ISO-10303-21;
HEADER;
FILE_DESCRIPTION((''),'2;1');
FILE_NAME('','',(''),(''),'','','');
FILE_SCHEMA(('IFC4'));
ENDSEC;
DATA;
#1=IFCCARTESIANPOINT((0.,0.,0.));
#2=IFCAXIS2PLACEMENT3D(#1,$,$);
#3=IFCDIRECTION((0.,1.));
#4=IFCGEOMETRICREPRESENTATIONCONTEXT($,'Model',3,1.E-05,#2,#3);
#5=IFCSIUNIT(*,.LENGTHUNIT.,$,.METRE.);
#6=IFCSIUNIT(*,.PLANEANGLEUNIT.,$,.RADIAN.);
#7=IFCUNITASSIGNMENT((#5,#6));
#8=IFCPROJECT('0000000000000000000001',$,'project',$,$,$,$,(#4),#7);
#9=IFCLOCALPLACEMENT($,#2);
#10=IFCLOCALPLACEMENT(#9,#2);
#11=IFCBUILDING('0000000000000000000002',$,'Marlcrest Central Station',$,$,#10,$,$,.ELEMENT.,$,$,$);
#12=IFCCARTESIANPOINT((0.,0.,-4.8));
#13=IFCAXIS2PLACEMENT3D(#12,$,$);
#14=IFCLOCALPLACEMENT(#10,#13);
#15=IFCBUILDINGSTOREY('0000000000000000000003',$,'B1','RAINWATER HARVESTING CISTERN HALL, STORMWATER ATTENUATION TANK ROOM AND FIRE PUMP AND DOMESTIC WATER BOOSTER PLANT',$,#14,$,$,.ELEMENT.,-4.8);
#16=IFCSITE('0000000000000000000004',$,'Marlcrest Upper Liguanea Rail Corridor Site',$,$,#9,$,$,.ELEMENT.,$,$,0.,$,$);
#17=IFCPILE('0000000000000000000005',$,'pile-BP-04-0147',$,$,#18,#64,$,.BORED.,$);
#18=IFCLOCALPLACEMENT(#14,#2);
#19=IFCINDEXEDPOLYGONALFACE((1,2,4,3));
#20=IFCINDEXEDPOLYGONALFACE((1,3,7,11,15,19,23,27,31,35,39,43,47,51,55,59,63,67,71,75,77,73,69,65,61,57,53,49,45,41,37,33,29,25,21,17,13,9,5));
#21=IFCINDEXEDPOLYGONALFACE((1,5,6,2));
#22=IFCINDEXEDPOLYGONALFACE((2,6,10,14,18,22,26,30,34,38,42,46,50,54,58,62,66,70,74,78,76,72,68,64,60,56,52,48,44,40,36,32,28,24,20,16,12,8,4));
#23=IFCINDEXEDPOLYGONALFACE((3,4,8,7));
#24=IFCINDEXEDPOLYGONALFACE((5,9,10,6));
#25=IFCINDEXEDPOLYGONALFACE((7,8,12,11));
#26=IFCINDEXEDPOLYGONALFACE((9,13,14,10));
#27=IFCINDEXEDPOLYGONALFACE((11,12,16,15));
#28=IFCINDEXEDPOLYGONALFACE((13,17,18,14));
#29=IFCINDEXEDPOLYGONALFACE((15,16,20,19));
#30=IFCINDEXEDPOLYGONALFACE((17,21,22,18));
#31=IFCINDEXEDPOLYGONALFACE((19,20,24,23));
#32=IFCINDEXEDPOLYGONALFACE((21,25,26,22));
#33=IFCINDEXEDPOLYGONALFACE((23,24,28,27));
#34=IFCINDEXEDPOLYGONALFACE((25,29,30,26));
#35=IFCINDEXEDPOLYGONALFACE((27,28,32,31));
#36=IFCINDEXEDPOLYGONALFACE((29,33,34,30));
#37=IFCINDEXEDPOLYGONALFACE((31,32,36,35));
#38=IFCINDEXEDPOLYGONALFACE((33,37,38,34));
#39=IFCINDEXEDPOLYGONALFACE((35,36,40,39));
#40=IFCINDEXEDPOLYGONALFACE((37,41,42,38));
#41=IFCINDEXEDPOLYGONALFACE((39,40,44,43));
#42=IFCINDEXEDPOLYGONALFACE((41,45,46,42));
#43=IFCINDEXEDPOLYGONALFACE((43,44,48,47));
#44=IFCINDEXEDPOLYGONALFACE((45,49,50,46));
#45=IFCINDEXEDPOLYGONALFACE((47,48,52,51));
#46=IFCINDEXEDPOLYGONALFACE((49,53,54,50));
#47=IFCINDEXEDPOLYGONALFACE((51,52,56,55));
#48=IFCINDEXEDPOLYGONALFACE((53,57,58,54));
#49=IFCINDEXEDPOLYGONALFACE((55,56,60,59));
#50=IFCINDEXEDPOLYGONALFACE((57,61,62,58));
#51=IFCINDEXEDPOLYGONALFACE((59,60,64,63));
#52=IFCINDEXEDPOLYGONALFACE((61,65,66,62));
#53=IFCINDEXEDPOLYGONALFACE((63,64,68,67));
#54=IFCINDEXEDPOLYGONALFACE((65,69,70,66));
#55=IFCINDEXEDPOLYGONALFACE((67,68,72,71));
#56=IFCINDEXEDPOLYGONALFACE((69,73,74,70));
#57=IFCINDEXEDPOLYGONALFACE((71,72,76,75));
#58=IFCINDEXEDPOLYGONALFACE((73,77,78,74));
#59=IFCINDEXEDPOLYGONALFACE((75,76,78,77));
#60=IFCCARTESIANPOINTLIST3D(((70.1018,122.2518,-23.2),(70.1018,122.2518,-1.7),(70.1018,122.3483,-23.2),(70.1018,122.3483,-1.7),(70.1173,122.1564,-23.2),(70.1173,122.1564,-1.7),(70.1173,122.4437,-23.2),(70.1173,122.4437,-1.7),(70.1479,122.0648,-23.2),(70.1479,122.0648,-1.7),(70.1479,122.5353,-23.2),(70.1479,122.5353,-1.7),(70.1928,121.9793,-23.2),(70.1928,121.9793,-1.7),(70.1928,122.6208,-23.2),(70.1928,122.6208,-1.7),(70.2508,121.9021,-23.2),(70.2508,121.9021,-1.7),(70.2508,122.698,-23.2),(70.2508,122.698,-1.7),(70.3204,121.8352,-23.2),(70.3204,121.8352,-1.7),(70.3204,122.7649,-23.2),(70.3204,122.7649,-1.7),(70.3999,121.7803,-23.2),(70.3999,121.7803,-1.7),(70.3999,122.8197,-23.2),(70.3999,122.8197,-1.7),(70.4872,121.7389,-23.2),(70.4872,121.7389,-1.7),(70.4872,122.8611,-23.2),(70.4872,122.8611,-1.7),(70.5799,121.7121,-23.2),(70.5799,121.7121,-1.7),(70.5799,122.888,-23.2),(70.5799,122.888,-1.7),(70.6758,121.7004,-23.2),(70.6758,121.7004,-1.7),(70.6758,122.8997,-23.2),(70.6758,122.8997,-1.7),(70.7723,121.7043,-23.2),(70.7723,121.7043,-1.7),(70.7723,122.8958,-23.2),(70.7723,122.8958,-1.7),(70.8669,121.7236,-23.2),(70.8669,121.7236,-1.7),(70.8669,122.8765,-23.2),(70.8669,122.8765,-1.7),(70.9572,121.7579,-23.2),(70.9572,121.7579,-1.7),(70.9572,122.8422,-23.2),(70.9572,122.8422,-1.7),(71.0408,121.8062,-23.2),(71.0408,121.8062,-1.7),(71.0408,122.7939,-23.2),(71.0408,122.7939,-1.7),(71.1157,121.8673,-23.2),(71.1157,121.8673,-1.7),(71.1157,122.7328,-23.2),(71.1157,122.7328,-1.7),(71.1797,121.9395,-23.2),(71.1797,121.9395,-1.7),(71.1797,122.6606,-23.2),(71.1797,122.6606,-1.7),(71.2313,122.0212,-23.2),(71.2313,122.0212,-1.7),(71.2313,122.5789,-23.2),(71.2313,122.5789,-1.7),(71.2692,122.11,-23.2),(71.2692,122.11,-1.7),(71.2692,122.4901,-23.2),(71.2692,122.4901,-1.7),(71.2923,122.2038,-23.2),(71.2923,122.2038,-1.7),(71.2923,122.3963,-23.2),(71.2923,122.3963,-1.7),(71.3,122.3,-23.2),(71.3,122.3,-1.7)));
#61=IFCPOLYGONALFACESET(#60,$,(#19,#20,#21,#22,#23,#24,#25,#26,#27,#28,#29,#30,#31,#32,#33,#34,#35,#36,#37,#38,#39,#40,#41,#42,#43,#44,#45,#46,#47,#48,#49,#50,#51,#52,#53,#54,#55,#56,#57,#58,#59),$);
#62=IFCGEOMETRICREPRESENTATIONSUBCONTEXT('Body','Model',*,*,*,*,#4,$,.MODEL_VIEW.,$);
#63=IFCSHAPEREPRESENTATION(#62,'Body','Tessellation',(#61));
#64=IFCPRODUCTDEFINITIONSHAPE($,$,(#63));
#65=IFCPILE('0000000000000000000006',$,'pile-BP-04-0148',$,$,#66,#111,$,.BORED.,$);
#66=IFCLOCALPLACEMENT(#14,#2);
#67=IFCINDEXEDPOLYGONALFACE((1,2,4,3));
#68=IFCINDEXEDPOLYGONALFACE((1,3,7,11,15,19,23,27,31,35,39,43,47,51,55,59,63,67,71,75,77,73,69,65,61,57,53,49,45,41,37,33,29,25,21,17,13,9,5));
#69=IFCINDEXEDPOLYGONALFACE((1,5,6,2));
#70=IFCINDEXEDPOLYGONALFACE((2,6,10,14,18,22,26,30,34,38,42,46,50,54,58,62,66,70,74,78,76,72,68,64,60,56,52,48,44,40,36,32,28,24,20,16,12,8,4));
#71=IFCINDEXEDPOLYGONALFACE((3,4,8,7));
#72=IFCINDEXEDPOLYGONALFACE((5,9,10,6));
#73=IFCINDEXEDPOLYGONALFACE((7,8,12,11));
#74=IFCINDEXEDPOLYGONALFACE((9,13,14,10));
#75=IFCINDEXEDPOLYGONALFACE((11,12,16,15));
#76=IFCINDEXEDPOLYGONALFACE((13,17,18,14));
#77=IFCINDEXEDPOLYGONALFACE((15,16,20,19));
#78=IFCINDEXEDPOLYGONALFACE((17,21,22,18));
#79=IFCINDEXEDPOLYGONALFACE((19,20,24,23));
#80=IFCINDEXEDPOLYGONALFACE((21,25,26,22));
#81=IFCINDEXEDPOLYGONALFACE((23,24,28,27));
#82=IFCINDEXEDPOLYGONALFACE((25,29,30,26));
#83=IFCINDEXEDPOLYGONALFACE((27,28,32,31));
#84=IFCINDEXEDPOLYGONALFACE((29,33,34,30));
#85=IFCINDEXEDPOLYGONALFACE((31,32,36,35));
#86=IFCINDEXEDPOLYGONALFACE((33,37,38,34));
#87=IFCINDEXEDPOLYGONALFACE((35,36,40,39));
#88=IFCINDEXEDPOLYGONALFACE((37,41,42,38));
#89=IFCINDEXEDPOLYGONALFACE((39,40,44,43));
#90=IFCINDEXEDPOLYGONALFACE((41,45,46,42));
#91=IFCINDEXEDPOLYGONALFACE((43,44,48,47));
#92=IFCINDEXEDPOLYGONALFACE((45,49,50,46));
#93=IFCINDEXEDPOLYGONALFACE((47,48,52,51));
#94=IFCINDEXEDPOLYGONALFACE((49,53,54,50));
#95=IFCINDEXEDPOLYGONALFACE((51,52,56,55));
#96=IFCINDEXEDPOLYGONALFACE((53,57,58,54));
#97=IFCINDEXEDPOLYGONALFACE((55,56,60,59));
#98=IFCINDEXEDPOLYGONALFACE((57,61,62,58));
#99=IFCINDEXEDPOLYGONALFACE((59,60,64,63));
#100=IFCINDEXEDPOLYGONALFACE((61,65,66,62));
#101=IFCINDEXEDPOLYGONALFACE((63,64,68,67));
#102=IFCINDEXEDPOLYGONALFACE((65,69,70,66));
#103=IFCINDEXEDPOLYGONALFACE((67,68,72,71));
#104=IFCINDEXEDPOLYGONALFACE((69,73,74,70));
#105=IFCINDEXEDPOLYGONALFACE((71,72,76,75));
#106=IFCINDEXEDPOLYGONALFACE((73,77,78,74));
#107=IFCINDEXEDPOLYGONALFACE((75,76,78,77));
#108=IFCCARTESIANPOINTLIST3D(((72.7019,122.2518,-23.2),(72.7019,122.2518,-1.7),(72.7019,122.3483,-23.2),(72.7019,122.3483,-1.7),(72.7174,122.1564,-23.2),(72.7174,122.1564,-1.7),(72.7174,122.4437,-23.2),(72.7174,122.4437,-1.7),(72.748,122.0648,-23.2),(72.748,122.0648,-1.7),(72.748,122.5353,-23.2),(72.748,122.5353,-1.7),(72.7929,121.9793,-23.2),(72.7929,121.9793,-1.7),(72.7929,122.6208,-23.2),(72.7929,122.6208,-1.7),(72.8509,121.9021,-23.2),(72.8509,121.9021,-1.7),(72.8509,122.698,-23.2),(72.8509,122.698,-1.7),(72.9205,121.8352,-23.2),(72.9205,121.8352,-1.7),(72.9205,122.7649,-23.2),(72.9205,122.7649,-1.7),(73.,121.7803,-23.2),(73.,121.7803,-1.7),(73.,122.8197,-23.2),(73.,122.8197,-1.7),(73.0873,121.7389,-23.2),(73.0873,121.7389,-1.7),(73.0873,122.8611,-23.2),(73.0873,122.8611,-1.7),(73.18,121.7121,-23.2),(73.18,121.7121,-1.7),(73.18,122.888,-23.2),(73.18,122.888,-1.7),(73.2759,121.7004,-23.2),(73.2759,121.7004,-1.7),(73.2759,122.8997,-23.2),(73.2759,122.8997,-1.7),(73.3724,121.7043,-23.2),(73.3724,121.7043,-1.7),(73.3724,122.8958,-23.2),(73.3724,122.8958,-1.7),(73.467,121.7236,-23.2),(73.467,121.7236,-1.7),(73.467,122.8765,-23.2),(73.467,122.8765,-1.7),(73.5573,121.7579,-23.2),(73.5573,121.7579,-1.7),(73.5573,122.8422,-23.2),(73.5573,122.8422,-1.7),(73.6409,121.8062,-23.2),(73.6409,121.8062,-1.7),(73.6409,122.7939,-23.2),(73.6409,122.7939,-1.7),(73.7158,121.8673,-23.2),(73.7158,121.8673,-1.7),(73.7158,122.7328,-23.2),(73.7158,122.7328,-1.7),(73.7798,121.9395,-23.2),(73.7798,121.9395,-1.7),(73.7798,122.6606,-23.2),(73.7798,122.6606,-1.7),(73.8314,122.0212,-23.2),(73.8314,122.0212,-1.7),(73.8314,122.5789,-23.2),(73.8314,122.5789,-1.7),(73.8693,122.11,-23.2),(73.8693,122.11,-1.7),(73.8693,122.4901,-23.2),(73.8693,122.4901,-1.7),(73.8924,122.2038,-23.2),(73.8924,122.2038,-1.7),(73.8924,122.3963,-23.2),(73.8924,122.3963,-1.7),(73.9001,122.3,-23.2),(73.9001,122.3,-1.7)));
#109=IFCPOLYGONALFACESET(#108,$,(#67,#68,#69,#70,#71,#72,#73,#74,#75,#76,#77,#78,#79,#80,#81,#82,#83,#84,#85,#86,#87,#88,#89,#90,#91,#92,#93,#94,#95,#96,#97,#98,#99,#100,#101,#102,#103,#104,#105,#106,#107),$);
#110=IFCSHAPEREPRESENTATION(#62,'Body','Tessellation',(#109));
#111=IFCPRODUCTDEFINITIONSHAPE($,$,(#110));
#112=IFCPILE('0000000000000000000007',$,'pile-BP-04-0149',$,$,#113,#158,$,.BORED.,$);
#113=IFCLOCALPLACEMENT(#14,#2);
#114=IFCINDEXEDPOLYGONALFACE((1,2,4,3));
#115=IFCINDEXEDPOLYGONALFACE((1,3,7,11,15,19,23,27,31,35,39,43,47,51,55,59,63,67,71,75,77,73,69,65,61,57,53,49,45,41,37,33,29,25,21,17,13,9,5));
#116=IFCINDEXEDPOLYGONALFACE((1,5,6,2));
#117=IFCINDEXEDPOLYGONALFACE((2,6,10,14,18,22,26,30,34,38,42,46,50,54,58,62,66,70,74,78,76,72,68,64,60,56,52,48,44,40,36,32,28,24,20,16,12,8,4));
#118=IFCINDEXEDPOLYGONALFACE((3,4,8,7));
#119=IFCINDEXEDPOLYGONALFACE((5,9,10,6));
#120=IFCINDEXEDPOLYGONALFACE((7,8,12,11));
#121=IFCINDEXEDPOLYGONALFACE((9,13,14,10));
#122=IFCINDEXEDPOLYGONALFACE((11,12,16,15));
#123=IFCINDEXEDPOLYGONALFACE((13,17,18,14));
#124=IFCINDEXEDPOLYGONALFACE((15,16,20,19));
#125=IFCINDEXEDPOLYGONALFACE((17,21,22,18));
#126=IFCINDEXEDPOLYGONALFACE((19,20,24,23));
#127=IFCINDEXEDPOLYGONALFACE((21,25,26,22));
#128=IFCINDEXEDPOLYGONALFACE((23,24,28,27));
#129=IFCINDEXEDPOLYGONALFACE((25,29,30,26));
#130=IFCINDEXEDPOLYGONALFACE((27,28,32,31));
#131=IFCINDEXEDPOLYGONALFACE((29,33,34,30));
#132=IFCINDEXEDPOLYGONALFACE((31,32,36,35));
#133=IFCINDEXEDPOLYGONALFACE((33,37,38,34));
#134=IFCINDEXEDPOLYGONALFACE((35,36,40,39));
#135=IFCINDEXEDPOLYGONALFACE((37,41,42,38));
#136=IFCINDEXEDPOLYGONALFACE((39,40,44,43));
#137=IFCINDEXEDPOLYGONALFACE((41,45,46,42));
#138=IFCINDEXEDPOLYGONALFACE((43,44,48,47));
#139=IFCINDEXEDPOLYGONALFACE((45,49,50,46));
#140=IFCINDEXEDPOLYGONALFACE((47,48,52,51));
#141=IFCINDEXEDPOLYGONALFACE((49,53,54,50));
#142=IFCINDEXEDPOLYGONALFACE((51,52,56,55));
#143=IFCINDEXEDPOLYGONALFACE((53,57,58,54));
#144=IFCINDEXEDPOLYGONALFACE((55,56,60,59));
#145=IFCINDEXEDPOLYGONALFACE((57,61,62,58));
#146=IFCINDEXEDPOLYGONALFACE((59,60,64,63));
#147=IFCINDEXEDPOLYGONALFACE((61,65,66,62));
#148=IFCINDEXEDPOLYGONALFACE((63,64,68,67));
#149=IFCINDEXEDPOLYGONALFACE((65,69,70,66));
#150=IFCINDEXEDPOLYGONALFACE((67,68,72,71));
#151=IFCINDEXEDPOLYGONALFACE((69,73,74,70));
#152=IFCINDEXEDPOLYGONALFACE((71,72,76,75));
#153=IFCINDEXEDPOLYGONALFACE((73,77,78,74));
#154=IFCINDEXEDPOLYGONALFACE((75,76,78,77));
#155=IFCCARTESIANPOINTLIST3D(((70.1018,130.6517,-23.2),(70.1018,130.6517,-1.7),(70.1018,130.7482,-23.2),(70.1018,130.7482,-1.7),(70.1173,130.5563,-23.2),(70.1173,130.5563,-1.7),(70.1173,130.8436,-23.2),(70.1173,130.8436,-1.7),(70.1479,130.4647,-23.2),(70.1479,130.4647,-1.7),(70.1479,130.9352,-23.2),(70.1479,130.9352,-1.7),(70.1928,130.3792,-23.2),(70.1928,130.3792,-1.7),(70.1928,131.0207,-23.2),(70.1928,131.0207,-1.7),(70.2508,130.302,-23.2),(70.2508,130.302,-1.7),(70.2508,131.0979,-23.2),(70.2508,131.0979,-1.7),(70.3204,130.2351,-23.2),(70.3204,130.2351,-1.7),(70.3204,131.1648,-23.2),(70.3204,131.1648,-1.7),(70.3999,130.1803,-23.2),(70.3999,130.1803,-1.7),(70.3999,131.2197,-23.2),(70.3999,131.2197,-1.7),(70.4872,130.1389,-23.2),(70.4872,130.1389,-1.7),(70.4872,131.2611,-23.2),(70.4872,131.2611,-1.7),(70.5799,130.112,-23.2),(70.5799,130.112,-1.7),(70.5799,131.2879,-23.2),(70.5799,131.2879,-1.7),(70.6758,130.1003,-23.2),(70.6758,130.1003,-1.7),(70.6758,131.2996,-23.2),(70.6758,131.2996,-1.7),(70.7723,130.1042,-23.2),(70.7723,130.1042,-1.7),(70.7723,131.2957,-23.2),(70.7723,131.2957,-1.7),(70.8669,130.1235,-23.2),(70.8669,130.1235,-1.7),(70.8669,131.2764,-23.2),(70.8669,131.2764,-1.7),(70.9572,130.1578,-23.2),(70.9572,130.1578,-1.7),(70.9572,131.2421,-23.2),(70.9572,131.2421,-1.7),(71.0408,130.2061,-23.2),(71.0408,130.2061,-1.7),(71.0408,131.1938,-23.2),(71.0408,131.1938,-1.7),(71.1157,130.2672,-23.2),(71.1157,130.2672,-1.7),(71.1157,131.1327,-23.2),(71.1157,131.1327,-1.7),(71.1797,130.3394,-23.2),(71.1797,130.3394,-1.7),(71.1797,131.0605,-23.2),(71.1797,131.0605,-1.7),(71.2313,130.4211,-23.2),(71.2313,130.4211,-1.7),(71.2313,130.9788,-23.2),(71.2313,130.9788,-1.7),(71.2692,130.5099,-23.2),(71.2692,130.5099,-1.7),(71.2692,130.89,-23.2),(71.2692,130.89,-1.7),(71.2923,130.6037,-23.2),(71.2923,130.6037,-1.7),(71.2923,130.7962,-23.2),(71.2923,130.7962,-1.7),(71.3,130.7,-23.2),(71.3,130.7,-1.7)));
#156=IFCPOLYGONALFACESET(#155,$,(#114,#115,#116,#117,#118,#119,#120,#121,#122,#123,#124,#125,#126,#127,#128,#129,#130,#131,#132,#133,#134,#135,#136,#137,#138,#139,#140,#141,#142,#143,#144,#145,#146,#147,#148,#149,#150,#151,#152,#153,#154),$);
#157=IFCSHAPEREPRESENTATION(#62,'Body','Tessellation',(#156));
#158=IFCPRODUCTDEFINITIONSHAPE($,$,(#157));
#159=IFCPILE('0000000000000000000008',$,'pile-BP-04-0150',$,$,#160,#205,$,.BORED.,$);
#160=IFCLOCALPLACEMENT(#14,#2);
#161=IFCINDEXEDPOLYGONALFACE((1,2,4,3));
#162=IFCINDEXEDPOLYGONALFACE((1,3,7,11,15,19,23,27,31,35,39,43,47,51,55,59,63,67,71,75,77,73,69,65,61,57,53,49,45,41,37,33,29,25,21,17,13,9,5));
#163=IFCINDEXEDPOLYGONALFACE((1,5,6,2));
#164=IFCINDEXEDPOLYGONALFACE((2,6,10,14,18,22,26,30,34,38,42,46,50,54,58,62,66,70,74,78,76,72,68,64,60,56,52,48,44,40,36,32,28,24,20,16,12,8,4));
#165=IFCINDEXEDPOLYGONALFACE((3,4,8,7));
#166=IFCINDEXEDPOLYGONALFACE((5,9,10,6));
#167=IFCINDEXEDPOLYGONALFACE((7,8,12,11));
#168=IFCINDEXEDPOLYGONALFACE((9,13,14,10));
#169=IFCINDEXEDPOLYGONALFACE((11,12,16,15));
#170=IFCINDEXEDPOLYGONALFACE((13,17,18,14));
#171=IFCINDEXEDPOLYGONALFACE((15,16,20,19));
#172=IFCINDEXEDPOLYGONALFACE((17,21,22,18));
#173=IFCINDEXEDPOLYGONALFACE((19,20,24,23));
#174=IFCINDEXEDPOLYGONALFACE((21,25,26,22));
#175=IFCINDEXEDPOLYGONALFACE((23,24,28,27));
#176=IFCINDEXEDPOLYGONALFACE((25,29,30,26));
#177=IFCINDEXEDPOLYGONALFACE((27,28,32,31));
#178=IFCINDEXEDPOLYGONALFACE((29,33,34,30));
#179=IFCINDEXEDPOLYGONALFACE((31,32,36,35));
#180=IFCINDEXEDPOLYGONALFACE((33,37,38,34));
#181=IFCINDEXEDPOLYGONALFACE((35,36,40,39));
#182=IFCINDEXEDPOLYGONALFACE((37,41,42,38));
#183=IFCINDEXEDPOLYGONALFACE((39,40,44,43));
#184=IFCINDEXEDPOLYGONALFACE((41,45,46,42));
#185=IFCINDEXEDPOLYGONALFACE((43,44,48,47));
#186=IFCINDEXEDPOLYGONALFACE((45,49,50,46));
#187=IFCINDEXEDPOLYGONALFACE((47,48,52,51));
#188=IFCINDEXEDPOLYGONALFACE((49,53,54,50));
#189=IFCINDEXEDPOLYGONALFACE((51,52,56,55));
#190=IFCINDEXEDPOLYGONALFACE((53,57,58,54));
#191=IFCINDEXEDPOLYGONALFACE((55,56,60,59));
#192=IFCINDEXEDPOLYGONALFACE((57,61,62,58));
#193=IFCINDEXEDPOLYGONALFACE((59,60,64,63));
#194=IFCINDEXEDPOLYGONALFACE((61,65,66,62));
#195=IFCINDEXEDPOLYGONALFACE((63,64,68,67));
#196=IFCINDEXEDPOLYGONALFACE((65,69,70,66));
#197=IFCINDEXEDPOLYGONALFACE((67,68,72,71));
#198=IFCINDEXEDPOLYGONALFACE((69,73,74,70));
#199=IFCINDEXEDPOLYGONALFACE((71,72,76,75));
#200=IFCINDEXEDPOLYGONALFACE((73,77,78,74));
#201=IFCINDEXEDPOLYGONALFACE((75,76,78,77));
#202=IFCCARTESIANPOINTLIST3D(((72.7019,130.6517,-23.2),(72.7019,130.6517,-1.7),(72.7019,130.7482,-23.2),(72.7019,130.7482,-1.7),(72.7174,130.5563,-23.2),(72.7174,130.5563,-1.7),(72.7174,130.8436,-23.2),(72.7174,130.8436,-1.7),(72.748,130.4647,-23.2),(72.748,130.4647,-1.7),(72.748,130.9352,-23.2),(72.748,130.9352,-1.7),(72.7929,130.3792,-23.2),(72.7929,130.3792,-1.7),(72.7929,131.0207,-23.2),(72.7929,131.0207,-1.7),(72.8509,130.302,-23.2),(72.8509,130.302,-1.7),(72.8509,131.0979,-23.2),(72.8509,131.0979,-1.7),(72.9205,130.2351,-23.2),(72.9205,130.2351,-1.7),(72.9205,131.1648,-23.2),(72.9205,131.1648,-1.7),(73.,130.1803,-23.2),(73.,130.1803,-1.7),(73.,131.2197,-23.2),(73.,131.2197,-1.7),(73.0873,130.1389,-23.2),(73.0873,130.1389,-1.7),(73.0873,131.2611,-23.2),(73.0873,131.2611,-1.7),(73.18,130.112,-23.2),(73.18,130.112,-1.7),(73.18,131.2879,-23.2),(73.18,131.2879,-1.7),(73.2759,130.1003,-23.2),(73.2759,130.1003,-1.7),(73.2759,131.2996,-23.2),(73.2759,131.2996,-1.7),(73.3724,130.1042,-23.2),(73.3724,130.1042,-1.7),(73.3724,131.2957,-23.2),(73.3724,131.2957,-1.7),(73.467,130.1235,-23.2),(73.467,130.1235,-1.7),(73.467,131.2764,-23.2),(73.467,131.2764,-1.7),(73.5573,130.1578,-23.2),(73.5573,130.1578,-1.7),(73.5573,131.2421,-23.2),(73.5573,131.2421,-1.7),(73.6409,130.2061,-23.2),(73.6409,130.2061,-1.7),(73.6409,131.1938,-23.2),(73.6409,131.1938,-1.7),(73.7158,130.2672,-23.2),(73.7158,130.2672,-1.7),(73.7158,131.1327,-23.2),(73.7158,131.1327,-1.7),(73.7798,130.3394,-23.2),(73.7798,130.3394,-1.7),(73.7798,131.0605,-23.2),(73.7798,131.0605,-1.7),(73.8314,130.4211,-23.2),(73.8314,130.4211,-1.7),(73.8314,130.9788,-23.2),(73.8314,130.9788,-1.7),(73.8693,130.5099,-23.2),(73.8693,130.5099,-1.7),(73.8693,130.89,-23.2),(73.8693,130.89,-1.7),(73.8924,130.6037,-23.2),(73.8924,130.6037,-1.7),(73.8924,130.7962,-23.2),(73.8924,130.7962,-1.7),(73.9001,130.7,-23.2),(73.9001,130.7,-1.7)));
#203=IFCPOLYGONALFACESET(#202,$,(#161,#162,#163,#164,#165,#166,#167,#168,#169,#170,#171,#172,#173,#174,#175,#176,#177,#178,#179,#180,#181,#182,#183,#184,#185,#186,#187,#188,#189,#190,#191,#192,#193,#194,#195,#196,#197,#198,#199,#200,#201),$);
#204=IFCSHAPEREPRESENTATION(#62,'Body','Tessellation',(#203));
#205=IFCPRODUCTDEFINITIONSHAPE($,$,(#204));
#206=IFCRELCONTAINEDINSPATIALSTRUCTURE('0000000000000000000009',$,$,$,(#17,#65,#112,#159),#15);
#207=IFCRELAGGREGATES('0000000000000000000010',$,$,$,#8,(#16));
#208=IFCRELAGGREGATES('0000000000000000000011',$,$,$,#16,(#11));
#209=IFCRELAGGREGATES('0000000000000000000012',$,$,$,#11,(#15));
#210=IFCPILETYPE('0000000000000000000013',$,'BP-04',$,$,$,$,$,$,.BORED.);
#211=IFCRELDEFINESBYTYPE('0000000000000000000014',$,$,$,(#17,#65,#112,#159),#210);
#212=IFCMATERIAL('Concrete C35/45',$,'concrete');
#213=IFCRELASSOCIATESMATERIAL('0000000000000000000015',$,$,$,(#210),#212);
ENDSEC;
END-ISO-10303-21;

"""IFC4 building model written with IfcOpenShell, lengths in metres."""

from ifc_helpers import new_model, si_unit, direction, frame, origin, origin_2d, place, context, subcontext, project, spatial, circle, extrude, material, material_profile, profile_set, type_object, element, save


model = new_model("IFC4")

# Units and contexts
model_context = context("Model", 3, precision=1e-05, world=origin(), true_north=direction((0.0, 1.0)))
body_context = subcontext(model_context, "Body", "Model", "MODEL_VIEW")
ifc_project = project(units=[si_unit("LENGTHUNIT", "METRE"), si_unit("PLANEANGLEUNIT", "RADIAN")], contexts=[model_context])

# Site, building, storey
site_placement = place(None, origin())
site = spatial("IfcSite", under=ifc_project, at=site_placement, Name="Marlcrest Upper Liguanea Rail Corridor Site", CompositionType="ELEMENT", RefElevation=0.0)
building_placement = place(site_placement, origin())
building = spatial("IfcBuilding", under=site, at=building_placement, Name="Marlcrest Central Station", CompositionType="ELEMENT")
storey_placement = place(building_placement, frame((0.0, 0.0, -4.8)))
storey = spatial("IfcBuildingStorey", under=building, at=storey_placement, Name="B1", Description="RAINWATER HARVESTING CISTERN HALL, STORMWATER ATTENUATION TANK ROOM AND FIRE PUMP AND DOMESTIC WATER BOOSTER PLANT", CompositionType="ELEMENT", Elevation=-4.8)

# Piles
ifc_material_1 = material(Name="Concrete C35/45", Category="concrete")
ifc_material_profile_1 = material_profile(ifc_material_1, circle(Radius=0.6001, at=origin_2d()), Name="PILE D1200")
ifc_profile_set_1 = profile_set([ifc_material_profile_1], Name="Concrete C35/45")
pile_type = type_object("IfcPileType", Name="BP-04", PredefinedType="BORED", material=ifc_profile_set_1)
for number, where, z_axis, x_axis, name in (
    (1, (70.7, 122.3, -1.7), (0.0, 0.0, -1.0), (1.0, 0.0, 0.0), "pile-BP-04-0147"),
    (2, (73.3, 122.3, -1.7), (0.0, 0.0, -1.0), (1.0, 0.0, 0.0), "pile-BP-04-0148"),
    (3, (70.7, 130.7, -1.7), (0.0, 0.0, -1.0), (1.0, 0.0, 0.0), "pile-BP-04-0149"),
    (4, (73.3, 130.7, -1.7), (0.0, 0.0, -1.0), (1.0, 0.0, 0.0), "pile-BP-04-0150"),
):
    element("IfcPile", number, at=place(storey_placement, frame(where, z_axis=z_axis, x_axis=x_axis)), inside=storey, type_object=pile_type, Name=name, PredefinedType="BORED", context=body_context, shape_type="SweptSolid", body=[
        extrude(circle(Radius=0.6001, at=origin_2d()), origin(), (0.0, 0.0, 1.0), 21.5),
    ])

save(model, "model.ifc")
